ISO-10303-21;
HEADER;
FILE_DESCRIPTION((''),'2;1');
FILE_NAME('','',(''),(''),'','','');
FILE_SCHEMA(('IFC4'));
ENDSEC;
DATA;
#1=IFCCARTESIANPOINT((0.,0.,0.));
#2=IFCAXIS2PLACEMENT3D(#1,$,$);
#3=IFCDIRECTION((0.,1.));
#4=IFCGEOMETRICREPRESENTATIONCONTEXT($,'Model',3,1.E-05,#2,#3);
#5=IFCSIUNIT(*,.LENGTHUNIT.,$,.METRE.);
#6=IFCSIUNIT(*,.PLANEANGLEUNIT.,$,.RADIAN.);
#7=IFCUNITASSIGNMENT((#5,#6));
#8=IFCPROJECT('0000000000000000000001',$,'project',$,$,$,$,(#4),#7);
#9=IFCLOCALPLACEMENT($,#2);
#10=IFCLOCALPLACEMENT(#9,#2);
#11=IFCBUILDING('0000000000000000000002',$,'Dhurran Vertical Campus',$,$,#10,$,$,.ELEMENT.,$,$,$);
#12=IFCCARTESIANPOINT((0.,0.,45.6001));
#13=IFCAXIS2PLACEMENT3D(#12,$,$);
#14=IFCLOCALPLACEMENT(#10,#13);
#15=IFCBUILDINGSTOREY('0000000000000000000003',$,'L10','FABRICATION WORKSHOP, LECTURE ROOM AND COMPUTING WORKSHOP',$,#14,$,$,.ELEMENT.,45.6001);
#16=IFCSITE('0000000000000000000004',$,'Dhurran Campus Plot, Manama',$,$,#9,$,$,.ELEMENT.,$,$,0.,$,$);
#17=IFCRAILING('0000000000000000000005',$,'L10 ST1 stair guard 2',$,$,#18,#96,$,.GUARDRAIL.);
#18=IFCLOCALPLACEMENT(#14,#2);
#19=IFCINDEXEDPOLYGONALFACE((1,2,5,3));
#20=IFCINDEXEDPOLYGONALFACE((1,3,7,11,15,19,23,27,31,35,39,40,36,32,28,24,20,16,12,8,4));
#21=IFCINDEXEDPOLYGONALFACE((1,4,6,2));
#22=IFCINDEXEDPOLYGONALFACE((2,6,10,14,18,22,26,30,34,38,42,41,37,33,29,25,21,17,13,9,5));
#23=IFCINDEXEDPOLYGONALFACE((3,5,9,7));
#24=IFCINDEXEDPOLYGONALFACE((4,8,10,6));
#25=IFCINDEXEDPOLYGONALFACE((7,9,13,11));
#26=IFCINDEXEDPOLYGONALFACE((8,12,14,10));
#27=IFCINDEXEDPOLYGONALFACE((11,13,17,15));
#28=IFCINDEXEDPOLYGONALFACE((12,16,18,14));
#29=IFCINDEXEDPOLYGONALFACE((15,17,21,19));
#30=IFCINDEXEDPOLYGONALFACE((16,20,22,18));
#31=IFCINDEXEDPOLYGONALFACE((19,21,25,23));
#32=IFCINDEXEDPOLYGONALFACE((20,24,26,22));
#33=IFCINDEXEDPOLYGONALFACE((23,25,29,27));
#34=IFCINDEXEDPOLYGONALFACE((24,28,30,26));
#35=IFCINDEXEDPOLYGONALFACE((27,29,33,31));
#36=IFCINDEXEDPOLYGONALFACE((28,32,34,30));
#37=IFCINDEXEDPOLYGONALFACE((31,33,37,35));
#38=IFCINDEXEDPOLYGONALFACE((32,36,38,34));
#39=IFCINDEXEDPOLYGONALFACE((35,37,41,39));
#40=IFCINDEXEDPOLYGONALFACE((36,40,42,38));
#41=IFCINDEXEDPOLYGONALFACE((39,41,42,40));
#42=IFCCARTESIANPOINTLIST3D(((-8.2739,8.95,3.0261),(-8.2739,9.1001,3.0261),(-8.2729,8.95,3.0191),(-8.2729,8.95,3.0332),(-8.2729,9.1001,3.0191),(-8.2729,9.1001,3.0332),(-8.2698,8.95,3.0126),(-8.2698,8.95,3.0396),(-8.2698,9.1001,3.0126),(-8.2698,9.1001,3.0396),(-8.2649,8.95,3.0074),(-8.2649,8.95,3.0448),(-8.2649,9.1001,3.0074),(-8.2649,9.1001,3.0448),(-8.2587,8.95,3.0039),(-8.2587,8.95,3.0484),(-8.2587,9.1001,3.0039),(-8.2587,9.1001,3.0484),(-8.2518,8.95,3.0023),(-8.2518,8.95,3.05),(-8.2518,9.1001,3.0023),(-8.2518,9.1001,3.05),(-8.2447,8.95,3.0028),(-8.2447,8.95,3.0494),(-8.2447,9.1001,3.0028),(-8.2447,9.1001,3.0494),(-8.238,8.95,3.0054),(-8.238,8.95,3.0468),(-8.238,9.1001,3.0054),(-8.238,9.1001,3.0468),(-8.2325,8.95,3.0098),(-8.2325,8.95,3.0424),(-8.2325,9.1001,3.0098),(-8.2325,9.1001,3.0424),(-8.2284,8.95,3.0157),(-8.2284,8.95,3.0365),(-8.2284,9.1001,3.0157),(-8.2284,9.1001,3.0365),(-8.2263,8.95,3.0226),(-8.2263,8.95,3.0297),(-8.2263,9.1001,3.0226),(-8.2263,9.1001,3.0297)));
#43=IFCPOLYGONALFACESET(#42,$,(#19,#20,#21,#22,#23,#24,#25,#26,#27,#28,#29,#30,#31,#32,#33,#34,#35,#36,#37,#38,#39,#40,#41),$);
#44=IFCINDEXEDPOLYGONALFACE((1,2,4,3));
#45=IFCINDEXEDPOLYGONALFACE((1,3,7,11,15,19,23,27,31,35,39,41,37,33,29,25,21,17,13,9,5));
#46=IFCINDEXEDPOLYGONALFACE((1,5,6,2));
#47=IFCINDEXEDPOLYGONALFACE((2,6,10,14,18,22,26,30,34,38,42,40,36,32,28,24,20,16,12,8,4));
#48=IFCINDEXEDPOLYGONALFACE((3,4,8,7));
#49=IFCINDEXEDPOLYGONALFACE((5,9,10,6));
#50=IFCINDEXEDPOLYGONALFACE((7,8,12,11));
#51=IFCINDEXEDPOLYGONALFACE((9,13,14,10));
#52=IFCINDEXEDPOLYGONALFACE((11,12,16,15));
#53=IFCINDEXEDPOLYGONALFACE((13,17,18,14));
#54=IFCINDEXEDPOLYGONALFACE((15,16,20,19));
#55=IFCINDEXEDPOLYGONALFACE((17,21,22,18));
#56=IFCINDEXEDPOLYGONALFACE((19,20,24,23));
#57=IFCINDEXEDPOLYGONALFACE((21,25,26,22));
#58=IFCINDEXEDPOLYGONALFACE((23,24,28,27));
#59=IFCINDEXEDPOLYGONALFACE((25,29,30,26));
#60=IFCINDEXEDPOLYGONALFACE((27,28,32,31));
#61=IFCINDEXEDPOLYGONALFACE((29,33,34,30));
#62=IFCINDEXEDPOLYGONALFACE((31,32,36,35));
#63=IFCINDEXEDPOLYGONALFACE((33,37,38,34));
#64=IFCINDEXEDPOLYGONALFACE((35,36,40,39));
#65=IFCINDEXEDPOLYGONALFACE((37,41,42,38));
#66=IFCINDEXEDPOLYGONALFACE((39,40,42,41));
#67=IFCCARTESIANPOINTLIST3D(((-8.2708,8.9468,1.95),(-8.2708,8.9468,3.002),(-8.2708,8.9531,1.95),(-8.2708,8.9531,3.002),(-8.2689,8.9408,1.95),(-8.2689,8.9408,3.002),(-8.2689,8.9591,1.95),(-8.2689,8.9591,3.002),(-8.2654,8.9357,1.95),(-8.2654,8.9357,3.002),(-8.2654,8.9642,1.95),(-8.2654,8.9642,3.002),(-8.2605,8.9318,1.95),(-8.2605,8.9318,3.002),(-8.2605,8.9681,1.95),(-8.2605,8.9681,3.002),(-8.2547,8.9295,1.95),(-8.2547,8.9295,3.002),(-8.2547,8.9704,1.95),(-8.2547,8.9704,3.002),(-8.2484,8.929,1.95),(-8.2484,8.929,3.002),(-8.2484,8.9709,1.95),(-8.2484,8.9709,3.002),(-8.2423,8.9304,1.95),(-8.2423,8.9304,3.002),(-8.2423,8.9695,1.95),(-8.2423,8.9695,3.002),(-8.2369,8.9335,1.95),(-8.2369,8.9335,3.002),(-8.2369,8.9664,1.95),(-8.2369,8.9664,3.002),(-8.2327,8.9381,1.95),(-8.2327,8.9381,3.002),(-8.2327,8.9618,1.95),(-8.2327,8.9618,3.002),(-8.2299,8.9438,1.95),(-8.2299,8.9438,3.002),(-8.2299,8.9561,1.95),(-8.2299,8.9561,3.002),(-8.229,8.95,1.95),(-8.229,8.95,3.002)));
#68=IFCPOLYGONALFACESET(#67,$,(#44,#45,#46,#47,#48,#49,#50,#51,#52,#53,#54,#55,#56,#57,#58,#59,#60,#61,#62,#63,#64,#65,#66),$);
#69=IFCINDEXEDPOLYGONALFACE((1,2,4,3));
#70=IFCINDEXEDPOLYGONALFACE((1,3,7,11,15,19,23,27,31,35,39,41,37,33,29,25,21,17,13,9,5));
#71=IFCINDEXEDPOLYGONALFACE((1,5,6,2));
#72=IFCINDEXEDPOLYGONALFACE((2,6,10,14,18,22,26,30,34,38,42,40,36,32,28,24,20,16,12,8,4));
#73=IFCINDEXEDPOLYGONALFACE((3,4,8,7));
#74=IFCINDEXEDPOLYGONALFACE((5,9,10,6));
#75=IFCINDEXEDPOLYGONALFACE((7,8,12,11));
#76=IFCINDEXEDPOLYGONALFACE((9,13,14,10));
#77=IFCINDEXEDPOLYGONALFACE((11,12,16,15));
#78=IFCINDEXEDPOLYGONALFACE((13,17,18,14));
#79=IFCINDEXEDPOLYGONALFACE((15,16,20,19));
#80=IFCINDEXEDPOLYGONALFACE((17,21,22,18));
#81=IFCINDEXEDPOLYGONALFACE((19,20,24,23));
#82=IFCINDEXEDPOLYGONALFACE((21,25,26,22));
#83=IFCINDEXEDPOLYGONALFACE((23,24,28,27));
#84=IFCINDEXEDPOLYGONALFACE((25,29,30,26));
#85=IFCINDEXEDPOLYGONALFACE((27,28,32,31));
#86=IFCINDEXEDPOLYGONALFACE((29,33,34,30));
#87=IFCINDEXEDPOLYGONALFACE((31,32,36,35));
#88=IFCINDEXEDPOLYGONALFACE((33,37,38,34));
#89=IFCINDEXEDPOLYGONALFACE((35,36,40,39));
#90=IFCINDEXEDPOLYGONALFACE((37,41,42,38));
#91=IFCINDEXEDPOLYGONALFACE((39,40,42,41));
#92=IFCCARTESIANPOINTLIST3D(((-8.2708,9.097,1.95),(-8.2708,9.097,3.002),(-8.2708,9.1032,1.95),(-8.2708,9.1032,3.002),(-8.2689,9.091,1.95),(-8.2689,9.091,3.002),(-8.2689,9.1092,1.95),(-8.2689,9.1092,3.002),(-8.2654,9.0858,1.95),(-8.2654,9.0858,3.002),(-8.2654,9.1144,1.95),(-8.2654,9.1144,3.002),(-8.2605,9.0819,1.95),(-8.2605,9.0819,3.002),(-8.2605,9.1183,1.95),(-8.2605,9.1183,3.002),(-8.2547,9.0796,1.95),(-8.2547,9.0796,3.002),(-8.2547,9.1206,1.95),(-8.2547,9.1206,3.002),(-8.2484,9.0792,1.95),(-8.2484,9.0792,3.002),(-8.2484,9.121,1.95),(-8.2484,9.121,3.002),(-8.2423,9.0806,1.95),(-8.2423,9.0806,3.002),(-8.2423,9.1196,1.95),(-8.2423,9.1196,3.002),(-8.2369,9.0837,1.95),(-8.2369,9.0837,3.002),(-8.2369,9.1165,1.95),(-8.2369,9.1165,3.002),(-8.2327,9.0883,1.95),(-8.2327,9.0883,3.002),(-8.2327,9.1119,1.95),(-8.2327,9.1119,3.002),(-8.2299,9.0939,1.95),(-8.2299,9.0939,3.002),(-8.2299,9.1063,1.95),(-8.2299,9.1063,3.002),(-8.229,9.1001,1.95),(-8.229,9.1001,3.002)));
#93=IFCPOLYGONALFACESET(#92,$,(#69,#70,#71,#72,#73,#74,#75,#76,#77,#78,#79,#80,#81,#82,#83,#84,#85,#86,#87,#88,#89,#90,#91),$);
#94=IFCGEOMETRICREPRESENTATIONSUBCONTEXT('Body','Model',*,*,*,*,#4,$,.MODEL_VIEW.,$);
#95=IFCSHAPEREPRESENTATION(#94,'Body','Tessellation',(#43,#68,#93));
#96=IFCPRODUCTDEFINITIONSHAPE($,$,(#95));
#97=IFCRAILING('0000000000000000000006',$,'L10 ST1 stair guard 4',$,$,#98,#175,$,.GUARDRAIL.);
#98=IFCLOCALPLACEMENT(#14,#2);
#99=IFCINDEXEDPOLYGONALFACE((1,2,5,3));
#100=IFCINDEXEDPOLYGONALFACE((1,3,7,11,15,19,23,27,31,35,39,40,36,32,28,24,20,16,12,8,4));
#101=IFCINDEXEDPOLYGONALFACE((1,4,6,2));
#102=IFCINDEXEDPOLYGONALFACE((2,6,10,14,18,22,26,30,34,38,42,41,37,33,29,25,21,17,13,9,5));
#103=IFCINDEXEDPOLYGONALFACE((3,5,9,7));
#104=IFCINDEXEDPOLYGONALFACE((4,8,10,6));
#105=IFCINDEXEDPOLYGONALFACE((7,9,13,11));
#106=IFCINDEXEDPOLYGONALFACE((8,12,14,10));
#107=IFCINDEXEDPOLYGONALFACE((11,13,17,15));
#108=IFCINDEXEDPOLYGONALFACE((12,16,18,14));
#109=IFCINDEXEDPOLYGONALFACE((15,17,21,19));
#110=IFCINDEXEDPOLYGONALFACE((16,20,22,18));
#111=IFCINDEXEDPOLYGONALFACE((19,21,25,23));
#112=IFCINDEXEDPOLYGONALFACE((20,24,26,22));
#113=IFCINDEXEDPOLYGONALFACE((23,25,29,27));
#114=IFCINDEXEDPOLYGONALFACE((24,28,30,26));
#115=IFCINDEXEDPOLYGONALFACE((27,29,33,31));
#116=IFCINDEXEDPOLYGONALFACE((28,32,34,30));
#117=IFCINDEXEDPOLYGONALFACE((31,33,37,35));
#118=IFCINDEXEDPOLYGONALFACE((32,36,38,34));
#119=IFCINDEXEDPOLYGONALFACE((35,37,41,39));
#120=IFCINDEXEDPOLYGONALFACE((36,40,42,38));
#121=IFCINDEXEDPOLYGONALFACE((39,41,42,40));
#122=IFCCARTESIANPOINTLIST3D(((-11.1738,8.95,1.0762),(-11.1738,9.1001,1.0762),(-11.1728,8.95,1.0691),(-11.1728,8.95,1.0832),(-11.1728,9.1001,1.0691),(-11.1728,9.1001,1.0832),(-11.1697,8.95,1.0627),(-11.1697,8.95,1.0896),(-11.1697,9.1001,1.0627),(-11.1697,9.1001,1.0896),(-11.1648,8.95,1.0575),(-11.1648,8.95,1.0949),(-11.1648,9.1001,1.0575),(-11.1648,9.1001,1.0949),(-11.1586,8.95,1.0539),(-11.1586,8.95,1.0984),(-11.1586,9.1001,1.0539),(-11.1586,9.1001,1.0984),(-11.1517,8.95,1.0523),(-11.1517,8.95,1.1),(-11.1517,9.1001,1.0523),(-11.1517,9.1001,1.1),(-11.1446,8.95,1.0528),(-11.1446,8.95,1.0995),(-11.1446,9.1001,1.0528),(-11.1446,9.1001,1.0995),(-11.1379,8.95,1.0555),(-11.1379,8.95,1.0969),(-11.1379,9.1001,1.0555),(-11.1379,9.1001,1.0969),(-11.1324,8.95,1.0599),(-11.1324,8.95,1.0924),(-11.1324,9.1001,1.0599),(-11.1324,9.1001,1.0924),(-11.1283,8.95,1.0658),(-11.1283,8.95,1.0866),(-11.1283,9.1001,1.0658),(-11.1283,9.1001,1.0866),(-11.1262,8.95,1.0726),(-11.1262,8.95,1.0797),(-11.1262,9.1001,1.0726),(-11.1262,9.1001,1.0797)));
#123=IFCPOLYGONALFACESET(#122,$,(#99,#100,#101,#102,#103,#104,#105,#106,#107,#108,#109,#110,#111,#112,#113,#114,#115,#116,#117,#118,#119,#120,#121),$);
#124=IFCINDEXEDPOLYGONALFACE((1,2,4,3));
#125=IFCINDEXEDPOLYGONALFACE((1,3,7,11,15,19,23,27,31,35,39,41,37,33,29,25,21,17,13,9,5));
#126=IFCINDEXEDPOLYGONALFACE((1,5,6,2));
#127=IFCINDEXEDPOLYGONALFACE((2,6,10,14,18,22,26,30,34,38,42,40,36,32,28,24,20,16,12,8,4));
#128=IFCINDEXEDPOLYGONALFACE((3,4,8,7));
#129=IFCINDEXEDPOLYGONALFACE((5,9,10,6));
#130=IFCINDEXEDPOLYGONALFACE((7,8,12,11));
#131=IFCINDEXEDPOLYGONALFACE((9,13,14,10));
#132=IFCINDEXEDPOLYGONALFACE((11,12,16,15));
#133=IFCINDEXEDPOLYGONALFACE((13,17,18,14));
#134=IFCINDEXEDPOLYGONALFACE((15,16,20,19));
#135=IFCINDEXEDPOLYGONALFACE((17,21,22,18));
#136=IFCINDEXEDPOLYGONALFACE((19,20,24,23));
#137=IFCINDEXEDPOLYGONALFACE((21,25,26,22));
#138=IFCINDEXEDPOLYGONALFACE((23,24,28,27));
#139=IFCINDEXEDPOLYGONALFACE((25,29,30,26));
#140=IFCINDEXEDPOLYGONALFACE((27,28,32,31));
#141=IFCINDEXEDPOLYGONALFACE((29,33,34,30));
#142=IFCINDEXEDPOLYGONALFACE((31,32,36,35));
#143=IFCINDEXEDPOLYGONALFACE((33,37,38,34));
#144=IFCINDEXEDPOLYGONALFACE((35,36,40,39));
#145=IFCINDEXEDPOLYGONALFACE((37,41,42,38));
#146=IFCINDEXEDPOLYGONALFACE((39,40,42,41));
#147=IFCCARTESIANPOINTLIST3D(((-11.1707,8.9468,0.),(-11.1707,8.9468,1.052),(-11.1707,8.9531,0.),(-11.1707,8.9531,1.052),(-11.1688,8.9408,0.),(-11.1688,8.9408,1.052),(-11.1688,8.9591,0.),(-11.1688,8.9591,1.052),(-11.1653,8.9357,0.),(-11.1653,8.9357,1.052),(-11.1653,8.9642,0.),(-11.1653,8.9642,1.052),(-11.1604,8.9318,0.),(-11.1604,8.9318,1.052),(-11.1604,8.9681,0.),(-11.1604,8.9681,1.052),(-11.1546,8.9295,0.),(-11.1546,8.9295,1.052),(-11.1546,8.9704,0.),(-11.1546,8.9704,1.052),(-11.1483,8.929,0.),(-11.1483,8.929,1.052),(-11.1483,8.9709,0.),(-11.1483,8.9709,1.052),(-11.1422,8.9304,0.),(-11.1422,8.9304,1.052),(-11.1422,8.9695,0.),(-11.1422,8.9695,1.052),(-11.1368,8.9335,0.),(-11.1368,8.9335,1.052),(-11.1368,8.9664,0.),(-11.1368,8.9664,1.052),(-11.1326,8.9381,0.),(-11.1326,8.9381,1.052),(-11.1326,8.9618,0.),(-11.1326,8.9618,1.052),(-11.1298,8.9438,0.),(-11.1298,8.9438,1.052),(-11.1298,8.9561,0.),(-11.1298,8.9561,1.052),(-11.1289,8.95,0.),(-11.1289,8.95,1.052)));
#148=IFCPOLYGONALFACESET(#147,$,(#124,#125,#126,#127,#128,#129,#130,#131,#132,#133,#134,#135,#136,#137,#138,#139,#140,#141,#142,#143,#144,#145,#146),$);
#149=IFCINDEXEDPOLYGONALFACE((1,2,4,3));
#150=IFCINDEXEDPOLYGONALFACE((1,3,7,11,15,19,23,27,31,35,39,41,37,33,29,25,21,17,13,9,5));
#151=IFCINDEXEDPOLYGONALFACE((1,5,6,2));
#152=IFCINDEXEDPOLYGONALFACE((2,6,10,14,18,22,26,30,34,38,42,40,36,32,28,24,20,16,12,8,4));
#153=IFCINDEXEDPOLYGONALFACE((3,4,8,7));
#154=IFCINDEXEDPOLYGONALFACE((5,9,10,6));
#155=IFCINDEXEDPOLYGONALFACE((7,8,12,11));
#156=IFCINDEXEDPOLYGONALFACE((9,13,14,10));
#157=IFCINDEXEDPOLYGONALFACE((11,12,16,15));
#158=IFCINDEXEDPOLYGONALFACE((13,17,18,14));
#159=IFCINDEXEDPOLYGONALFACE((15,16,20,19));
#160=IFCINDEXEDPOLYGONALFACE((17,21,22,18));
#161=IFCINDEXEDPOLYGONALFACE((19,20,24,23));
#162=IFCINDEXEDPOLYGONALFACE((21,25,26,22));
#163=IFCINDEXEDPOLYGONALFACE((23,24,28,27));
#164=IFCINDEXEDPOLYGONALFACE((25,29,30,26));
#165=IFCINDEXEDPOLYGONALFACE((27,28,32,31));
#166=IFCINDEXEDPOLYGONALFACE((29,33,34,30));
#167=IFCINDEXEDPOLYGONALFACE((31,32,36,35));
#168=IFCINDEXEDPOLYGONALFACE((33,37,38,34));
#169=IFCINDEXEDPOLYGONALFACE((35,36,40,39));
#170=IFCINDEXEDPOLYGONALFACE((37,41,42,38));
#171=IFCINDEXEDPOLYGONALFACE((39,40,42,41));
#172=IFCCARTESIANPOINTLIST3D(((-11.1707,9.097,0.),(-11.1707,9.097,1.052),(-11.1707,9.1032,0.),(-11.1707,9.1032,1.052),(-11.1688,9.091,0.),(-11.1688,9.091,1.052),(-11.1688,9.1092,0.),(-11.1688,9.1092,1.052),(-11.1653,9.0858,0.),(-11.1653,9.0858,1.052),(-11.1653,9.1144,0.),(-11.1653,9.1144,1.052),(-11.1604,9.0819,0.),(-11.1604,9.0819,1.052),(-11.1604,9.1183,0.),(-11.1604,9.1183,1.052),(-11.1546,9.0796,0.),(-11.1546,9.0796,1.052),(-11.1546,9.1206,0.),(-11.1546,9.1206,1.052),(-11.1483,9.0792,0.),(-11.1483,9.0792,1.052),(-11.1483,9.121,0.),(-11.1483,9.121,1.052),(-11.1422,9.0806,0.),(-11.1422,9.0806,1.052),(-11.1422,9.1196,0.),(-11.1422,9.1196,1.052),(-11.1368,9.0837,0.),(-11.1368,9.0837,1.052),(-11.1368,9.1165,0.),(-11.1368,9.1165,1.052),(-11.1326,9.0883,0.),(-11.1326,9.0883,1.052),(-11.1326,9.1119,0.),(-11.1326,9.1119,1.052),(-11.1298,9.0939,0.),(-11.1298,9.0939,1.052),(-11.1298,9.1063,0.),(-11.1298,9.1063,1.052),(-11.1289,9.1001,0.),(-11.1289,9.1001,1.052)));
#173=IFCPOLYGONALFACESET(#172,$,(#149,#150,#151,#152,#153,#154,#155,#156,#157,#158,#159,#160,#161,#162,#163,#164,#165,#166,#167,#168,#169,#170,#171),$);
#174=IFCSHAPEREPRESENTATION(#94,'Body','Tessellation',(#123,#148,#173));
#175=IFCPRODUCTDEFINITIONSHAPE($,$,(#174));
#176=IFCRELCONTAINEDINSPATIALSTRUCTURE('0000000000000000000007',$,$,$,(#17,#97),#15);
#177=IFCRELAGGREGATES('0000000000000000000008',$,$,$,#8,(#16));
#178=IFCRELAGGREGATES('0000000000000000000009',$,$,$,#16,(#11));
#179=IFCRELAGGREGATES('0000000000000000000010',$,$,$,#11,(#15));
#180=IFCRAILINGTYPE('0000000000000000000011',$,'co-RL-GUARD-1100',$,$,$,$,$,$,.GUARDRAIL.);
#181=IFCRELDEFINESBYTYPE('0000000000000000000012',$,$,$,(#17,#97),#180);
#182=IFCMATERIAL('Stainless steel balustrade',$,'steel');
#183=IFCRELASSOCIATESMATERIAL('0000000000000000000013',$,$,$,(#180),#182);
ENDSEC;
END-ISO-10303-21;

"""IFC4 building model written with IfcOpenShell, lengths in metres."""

from ifc_helpers import new_model, si_unit, direction, frame, origin, origin_2d, place, context, subcontext, project, spatial, circle, extrude, material, type_object, element, save


model = new_model("IFC4")

# Units and contexts
model_context = context("Model", 3, precision=1e-05, world=origin(), true_north=direction((0.0, 1.0)))
body_context = subcontext(model_context, "Body", "Model", "MODEL_VIEW")
ifc_project = project(units=[si_unit("LENGTHUNIT", "METRE"), si_unit("PLANEANGLEUNIT", "RADIAN")], contexts=[model_context])

# Site, building, storey
site_placement = place(None, origin())
site = spatial("IfcSite", under=ifc_project, at=site_placement, Name="Dhurran Campus Plot, Manama", CompositionType="ELEMENT", RefElevation=0.0)
building_placement = place(site_placement, origin())
building = spatial("IfcBuilding", under=site, at=building_placement, Name="Dhurran Vertical Campus", CompositionType="ELEMENT")
storey_placement = place(building_placement, frame((0.0, 0.0, 45.6001)))
storey = spatial("IfcBuildingStorey", under=building, at=storey_placement, Name="L10", Description="FABRICATION WORKSHOP, LECTURE ROOM AND COMPUTING WORKSHOP", CompositionType="ELEMENT", Elevation=45.6001)

# Railings
ifc_material_1 = material(Name="Stainless steel balustrade", Category="steel")
railing_type_1 = type_object("IfcRailingType", Name="co-RL-GUARD-1100", PredefinedType="GUARDRAIL", material=ifc_material_1)
for number, where, name in (
    (1, (-8.25, 8.95, 1.95), "L10 ST1 stair guard 2"),
    (2, (-11.1499, 8.95, 0.0), "L10 ST1 stair guard 4"),
):
    element("IfcRailing", number, at=place(storey_placement, frame(where)), inside=storey, type_object=railing_type_1, Name=name, PredefinedType="GUARDRAIL", context=body_context, shape_type="SweptSolid", body=[
        extrude(circle(Radius=0.0239, at=origin_2d()), frame((0.0, 0.0, 1.0762), z_axis=(0.0, 1.0, 0.0), x_axis=(-1.0, 0.0, 0.0)), (0.0, 0.0, 1.0), 0.1501),
        extrude(circle(Radius=0.021, at=origin_2d()), origin(), (0.0, 0.0, 1.0), 1.052),
        extrude(circle(Radius=0.021, at=origin_2d()), frame((0.0, 0.1501, 0.0)), (0.0, 0.0, 1.0), 1.052),
    ])

save(model, "model.ifc")
